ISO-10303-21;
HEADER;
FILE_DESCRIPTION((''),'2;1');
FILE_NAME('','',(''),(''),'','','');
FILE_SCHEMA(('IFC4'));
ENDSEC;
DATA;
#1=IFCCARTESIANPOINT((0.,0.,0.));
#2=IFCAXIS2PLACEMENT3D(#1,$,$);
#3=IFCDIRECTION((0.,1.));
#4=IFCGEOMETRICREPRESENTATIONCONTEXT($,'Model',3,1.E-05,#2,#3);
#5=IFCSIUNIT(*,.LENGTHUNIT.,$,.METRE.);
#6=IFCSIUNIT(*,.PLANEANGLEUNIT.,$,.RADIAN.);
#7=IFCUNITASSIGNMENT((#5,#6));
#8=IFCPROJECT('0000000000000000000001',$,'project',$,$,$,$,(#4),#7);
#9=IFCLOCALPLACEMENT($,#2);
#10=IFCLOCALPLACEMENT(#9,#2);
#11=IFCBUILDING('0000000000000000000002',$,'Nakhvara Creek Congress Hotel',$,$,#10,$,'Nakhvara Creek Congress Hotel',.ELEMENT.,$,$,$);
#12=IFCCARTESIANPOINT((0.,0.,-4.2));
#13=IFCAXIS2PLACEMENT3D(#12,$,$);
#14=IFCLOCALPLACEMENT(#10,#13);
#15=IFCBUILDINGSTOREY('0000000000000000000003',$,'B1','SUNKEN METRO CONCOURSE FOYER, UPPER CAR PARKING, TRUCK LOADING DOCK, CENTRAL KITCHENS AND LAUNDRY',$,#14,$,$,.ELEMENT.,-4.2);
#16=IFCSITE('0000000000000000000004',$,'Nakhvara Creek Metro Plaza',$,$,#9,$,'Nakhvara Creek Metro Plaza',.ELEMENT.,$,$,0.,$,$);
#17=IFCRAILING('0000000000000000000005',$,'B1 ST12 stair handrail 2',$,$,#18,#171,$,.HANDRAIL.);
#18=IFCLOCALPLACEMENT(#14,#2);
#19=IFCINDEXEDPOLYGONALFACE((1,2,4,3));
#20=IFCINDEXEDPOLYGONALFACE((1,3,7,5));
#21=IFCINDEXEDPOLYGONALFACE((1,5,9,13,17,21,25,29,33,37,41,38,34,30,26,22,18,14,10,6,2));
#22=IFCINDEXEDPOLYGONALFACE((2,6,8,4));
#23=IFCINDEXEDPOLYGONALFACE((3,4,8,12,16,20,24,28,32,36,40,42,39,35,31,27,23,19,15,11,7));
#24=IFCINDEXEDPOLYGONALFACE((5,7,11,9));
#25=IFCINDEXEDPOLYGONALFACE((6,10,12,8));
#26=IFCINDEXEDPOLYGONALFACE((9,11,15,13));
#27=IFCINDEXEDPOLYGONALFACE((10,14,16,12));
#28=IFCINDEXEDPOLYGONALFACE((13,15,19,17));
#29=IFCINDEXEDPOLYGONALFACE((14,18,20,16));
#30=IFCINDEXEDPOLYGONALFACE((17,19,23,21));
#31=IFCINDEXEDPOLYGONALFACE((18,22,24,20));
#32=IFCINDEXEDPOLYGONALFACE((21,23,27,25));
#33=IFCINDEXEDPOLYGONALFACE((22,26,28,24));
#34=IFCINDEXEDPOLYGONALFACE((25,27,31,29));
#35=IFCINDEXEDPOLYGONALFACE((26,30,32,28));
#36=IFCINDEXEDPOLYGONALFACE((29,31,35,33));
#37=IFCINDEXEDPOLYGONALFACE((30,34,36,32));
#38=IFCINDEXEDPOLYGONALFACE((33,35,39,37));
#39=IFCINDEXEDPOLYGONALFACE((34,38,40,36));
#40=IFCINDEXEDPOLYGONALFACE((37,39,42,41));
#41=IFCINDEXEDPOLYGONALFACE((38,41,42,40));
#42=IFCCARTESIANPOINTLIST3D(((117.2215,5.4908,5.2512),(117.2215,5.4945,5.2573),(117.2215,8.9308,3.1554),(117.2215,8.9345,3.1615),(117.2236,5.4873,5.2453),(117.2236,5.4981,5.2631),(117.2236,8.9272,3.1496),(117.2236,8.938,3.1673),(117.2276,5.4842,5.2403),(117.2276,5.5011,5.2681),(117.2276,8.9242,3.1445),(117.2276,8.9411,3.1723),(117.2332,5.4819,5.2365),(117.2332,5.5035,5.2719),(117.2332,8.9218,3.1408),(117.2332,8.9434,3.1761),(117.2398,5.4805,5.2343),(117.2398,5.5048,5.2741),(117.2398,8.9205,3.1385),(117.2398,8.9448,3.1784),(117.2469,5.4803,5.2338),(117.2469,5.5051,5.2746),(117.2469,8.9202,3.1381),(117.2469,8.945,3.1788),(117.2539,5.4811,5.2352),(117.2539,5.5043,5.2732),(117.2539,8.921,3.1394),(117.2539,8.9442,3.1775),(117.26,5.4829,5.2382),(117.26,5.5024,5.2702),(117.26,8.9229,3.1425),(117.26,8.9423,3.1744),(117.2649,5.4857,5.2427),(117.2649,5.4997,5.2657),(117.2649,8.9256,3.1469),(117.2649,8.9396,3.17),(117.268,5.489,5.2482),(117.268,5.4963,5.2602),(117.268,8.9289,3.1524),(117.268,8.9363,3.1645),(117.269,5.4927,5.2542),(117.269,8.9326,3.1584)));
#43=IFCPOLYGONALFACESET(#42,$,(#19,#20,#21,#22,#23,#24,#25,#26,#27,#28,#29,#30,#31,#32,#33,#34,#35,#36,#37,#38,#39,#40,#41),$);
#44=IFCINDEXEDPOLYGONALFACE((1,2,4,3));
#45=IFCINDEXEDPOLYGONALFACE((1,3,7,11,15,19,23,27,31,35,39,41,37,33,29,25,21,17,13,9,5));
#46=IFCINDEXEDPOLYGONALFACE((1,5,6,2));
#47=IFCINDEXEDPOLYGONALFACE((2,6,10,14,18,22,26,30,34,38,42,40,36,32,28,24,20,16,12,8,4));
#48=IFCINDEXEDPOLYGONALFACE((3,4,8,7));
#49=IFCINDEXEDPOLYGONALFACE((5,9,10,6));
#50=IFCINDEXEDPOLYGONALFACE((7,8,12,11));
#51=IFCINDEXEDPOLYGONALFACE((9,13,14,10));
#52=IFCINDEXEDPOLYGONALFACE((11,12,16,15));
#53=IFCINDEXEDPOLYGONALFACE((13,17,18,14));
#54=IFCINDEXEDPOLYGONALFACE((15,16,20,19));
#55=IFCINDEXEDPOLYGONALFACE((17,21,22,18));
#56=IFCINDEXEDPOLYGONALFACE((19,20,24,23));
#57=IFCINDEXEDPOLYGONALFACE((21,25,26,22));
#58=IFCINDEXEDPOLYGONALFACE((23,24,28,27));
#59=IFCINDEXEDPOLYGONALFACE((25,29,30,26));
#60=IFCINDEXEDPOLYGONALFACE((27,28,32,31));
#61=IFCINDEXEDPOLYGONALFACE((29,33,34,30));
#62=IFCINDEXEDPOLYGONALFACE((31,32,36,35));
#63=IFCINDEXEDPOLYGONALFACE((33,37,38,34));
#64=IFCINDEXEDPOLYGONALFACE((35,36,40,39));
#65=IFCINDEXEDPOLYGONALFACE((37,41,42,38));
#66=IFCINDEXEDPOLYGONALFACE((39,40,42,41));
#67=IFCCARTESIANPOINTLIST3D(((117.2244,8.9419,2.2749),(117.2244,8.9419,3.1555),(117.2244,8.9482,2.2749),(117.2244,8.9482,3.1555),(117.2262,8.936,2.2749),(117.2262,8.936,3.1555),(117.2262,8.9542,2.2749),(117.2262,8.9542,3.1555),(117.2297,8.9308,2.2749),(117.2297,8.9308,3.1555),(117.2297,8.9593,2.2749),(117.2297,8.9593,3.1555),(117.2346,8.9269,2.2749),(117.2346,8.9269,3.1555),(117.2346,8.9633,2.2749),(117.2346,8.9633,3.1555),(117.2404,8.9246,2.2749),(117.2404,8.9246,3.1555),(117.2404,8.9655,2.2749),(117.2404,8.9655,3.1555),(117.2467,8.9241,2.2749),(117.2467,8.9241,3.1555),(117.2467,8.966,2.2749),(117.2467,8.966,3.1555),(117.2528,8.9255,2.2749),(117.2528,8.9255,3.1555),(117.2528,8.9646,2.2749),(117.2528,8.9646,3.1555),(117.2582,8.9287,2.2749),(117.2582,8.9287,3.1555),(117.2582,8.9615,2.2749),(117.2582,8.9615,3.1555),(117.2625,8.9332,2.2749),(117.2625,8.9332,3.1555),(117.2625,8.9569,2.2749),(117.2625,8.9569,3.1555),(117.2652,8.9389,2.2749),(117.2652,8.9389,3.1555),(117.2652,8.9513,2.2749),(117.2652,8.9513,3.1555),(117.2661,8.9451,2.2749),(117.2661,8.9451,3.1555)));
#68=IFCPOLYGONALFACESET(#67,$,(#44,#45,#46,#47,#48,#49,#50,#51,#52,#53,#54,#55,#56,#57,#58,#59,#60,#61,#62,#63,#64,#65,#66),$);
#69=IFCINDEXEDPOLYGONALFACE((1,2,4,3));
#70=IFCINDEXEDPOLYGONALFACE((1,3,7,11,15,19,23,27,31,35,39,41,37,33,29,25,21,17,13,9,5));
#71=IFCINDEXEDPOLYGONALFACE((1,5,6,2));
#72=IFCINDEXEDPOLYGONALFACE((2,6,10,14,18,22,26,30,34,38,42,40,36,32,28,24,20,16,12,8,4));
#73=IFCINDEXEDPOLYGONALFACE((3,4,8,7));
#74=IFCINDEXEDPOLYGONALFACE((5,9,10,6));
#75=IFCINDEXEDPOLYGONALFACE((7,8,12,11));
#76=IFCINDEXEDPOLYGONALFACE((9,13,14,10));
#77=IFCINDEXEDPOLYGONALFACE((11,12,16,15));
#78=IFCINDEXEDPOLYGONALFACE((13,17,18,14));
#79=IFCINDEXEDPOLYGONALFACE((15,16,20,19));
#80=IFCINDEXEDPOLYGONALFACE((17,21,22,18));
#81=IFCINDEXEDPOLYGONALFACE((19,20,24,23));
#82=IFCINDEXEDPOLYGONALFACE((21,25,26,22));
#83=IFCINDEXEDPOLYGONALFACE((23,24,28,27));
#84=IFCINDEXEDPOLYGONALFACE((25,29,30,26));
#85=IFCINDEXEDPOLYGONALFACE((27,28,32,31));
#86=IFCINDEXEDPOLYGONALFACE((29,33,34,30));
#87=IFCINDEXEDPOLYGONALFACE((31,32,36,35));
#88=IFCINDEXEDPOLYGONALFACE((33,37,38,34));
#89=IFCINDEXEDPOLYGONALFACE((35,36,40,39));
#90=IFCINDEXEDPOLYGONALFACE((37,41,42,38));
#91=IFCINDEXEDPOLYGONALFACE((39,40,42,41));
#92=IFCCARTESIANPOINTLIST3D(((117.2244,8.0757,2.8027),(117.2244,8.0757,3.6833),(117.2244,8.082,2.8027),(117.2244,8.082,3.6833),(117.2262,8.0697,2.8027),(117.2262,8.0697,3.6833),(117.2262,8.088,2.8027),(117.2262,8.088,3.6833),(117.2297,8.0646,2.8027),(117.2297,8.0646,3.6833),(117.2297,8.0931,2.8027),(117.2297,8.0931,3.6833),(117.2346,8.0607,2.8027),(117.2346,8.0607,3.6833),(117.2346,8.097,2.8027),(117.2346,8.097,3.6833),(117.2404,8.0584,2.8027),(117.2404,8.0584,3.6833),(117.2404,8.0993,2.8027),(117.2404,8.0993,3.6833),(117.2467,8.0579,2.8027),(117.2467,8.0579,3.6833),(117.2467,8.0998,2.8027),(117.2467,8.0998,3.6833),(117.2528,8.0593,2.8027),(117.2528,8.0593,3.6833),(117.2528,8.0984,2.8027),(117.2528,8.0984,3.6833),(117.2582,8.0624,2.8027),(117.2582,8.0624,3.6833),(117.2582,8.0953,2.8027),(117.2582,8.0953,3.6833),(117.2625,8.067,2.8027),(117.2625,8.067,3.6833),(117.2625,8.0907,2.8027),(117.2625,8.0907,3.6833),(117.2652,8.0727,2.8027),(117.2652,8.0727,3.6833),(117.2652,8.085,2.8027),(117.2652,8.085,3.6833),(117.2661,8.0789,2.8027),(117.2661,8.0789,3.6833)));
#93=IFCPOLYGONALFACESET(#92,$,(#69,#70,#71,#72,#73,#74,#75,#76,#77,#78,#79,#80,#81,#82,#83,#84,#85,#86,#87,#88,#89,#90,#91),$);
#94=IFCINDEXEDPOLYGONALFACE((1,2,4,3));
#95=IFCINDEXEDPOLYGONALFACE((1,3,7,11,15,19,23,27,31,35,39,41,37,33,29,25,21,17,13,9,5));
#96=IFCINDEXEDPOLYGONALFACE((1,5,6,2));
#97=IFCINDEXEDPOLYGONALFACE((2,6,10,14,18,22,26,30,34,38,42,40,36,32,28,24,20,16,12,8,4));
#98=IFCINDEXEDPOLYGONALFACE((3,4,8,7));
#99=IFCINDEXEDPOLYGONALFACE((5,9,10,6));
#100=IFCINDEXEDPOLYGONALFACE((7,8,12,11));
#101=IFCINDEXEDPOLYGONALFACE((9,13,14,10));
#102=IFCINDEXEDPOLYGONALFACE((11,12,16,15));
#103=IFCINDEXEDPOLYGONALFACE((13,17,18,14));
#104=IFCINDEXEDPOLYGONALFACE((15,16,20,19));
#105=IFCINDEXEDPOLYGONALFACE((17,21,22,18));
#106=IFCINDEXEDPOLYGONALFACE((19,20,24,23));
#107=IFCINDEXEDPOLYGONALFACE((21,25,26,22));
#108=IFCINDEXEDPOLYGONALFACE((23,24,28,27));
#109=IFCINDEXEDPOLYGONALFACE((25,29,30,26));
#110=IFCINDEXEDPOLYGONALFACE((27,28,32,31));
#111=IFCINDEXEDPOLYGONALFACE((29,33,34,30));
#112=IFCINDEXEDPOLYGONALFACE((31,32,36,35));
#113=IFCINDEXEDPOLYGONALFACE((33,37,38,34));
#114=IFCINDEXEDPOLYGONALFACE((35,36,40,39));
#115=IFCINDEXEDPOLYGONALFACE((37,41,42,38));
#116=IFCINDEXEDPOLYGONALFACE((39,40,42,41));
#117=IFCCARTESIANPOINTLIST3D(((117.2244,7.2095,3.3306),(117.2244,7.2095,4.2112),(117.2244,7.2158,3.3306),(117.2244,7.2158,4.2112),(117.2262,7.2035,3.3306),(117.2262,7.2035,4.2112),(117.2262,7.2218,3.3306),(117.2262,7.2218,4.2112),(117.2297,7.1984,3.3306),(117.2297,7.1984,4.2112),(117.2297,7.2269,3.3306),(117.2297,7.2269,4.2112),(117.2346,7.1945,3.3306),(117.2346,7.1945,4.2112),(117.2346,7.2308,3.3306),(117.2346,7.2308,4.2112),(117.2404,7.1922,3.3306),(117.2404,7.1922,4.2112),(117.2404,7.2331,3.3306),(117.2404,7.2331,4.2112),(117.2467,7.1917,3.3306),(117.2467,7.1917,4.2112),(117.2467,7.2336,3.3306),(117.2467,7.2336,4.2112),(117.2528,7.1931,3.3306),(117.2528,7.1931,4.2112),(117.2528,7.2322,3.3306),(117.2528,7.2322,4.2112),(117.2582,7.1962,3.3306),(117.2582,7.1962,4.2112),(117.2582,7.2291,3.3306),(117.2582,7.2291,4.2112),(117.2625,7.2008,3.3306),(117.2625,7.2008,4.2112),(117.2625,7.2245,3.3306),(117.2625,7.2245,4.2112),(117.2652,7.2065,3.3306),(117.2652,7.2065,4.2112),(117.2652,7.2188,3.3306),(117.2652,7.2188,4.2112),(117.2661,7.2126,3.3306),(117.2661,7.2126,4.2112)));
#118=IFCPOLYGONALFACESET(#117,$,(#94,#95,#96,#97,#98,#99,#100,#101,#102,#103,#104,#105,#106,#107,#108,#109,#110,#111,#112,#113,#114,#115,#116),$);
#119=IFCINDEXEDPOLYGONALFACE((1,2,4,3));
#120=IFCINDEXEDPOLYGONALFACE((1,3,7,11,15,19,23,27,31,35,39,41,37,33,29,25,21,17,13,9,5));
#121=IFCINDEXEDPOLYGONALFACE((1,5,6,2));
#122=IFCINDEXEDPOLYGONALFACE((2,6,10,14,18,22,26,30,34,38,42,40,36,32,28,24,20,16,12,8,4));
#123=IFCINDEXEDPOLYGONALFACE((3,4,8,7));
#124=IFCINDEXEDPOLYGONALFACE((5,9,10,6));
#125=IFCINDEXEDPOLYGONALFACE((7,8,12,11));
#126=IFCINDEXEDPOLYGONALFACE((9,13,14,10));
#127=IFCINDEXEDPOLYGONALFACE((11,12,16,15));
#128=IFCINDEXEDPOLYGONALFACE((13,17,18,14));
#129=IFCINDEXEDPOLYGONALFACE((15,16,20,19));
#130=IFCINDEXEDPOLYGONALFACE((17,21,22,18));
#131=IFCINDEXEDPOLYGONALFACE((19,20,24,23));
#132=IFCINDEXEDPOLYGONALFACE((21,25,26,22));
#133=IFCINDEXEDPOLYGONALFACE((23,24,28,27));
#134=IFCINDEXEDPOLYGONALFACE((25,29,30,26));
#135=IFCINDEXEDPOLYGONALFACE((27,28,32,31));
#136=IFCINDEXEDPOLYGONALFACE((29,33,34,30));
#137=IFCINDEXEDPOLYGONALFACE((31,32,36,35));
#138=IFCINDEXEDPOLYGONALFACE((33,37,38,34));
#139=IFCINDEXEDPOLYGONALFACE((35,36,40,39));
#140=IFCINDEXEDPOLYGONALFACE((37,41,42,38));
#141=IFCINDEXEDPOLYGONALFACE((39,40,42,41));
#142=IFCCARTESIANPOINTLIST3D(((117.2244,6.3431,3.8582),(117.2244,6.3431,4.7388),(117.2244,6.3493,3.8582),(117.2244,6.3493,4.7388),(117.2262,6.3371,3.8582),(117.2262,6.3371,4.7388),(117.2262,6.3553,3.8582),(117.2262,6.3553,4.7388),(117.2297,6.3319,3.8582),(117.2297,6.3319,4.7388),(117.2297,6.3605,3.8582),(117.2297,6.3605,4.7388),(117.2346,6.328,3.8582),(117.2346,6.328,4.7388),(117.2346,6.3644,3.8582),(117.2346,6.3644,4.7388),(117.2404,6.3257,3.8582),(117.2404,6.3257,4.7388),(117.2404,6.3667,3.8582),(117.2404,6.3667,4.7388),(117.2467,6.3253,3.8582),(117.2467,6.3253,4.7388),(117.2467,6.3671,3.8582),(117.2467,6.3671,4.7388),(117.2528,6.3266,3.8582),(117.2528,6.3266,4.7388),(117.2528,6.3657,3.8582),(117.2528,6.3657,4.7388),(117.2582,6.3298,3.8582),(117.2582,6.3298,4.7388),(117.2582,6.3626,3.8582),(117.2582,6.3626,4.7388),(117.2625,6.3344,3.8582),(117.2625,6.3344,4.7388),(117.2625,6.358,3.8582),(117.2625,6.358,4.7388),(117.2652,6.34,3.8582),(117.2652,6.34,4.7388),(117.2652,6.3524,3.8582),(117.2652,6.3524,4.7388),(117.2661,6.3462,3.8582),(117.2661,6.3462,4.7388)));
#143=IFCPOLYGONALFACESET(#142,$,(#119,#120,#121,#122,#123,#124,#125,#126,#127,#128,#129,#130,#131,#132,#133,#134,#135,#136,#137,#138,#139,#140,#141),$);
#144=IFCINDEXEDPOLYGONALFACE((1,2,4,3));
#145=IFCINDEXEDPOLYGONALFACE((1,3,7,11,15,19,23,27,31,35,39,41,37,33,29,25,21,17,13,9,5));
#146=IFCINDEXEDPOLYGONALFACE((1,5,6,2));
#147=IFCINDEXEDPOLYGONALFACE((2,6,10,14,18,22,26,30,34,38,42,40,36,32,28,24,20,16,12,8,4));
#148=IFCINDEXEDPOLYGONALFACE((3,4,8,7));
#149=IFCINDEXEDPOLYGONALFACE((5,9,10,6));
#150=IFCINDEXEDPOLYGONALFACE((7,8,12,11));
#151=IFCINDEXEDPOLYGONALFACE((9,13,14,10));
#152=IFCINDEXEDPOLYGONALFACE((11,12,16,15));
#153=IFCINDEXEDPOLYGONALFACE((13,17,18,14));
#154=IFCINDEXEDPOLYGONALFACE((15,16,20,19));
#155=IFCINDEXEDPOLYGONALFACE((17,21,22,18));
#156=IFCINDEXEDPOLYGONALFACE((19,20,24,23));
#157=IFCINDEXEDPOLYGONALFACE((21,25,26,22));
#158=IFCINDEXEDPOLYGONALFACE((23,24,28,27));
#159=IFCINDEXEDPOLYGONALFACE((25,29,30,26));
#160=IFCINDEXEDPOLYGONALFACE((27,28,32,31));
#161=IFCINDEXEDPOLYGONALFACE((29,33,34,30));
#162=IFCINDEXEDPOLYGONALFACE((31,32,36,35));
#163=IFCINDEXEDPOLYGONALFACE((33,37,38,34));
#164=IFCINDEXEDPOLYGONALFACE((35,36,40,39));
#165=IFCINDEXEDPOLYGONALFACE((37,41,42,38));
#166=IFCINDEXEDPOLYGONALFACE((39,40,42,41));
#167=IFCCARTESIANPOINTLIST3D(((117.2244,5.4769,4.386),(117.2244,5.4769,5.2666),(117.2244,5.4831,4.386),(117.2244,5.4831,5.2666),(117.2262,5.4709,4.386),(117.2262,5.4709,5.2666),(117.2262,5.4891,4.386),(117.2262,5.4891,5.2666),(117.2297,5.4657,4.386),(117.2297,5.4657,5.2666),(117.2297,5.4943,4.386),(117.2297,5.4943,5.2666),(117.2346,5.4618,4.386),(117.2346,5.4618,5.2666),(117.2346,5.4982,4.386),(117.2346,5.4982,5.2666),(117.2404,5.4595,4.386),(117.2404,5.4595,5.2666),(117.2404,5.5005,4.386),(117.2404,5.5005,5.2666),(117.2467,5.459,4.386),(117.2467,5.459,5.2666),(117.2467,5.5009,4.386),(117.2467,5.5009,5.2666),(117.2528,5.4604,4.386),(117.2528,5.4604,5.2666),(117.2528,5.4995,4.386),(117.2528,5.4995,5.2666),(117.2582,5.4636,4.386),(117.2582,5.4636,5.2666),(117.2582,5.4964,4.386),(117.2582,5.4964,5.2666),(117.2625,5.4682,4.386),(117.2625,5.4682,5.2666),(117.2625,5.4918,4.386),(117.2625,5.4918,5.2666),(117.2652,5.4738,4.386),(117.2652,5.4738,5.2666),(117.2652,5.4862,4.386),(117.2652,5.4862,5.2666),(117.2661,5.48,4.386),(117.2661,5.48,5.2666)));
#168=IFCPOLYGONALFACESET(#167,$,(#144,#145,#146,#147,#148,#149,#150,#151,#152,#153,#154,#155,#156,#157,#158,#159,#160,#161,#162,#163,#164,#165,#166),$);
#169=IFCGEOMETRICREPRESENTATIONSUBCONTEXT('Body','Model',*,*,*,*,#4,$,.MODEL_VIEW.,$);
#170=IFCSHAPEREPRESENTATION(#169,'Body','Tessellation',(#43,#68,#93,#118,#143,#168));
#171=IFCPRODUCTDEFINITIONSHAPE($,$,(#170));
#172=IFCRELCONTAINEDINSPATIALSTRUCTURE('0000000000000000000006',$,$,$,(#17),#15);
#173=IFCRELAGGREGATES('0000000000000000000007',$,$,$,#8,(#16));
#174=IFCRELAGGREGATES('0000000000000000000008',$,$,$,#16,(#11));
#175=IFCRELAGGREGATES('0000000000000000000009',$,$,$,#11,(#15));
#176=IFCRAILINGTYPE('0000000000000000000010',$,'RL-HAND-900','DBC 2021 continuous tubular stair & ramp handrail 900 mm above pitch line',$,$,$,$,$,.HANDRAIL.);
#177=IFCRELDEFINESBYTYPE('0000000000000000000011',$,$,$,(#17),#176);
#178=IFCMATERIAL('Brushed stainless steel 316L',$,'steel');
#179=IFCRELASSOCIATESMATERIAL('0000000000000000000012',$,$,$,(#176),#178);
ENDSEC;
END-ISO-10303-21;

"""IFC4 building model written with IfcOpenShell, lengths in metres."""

from ifc_helpers import new_model, si_unit, direction, frame, origin, origin_2d, place, context, subcontext, project, spatial, circle, extrude, material, type_object, element, save


model = new_model("IFC4")

# Units and contexts
model_context = context("Model", 3, precision=1e-05, world=origin(), true_north=direction((0.0, 1.0)))
body_context = subcontext(model_context, "Body", "Model", "MODEL_VIEW")
ifc_project = project(units=[si_unit("LENGTHUNIT", "METRE"), si_unit("PLANEANGLEUNIT", "RADIAN")], contexts=[model_context])

# Site, building, storey
site_placement = place(None, origin())
site = spatial("IfcSite", under=ifc_project, at=site_placement, Name="Nakhvara Creek Metro Plaza", LongName="Nakhvara Creek Metro Plaza", CompositionType="ELEMENT", RefElevation=0.0)
building_placement = place(site_placement, origin())
building = spatial("IfcBuilding", under=site, at=building_placement, Name="Nakhvara Creek Congress Hotel", LongName="Nakhvara Creek Congress Hotel", CompositionType="ELEMENT")
storey_placement = place(building_placement, frame((0.0, 0.0, -4.2)))
storey = spatial("IfcBuildingStorey", under=building, at=storey_placement, Name="B1", Description="SUNKEN METRO CONCOURSE FOYER, UPPER CAR PARKING, TRUCK LOADING DOCK, CENTRAL KITCHENS AND LAUNDRY", CompositionType="ELEMENT", Elevation=-4.2)

# Railing
ifc_material_1 = material(Name="Brushed stainless steel 316L", Category="steel")
railing_type_1 = type_object("IfcRailingType", Name="RL-HAND-900", Description="DBC 2021 continuous tubular stair & ramp handrail 900 mm above pitch line", PredefinedType="HANDRAIL", material=ifc_material_1)
railing_1_placement = place(storey_placement, frame((117.2451, 8.9451, 2.2749)))
element("IfcRailing", 1, at=railing_1_placement, inside=storey, type_object=railing_type_1, Name="B1 ST12 stair handrail 2", PredefinedType="HANDRAIL", context=body_context, shape_type="SweptSolid", body=[
    extrude(circle(Radius=0.0239, at=origin_2d()), frame((0.0, -0.0125, 0.8835), z_axis=(0.0, -0.853991, 0.520289), x_axis=(1.0, 0.0, 0.0)), (0.0, 0.0, 1.0), 4.0281),
    extrude(circle(Radius=0.021, at=origin_2d()), origin(), (0.0, 0.0, 1.0), 0.8806),
    extrude(circle(Radius=0.021, at=origin_2d()), frame((0.0, -0.8662, 0.5278)), (0.0, 0.0, 1.0), 0.8806),
    extrude(circle(Radius=0.021, at=origin_2d()), frame((0.0, -1.7324, 1.0557)), (0.0, 0.0, 1.0), 0.8806),
    extrude(circle(Radius=0.021, at=origin_2d()), frame((0.0, -2.5989, 1.5833)), (0.0, 0.0, 1.0), 0.8806),
    extrude(circle(Radius=0.021, at=origin_2d()), frame((0.0, -3.4651, 2.1111)), (0.0, 0.0, 1.0), 0.8806),
])

save(model, "model.ifc")
